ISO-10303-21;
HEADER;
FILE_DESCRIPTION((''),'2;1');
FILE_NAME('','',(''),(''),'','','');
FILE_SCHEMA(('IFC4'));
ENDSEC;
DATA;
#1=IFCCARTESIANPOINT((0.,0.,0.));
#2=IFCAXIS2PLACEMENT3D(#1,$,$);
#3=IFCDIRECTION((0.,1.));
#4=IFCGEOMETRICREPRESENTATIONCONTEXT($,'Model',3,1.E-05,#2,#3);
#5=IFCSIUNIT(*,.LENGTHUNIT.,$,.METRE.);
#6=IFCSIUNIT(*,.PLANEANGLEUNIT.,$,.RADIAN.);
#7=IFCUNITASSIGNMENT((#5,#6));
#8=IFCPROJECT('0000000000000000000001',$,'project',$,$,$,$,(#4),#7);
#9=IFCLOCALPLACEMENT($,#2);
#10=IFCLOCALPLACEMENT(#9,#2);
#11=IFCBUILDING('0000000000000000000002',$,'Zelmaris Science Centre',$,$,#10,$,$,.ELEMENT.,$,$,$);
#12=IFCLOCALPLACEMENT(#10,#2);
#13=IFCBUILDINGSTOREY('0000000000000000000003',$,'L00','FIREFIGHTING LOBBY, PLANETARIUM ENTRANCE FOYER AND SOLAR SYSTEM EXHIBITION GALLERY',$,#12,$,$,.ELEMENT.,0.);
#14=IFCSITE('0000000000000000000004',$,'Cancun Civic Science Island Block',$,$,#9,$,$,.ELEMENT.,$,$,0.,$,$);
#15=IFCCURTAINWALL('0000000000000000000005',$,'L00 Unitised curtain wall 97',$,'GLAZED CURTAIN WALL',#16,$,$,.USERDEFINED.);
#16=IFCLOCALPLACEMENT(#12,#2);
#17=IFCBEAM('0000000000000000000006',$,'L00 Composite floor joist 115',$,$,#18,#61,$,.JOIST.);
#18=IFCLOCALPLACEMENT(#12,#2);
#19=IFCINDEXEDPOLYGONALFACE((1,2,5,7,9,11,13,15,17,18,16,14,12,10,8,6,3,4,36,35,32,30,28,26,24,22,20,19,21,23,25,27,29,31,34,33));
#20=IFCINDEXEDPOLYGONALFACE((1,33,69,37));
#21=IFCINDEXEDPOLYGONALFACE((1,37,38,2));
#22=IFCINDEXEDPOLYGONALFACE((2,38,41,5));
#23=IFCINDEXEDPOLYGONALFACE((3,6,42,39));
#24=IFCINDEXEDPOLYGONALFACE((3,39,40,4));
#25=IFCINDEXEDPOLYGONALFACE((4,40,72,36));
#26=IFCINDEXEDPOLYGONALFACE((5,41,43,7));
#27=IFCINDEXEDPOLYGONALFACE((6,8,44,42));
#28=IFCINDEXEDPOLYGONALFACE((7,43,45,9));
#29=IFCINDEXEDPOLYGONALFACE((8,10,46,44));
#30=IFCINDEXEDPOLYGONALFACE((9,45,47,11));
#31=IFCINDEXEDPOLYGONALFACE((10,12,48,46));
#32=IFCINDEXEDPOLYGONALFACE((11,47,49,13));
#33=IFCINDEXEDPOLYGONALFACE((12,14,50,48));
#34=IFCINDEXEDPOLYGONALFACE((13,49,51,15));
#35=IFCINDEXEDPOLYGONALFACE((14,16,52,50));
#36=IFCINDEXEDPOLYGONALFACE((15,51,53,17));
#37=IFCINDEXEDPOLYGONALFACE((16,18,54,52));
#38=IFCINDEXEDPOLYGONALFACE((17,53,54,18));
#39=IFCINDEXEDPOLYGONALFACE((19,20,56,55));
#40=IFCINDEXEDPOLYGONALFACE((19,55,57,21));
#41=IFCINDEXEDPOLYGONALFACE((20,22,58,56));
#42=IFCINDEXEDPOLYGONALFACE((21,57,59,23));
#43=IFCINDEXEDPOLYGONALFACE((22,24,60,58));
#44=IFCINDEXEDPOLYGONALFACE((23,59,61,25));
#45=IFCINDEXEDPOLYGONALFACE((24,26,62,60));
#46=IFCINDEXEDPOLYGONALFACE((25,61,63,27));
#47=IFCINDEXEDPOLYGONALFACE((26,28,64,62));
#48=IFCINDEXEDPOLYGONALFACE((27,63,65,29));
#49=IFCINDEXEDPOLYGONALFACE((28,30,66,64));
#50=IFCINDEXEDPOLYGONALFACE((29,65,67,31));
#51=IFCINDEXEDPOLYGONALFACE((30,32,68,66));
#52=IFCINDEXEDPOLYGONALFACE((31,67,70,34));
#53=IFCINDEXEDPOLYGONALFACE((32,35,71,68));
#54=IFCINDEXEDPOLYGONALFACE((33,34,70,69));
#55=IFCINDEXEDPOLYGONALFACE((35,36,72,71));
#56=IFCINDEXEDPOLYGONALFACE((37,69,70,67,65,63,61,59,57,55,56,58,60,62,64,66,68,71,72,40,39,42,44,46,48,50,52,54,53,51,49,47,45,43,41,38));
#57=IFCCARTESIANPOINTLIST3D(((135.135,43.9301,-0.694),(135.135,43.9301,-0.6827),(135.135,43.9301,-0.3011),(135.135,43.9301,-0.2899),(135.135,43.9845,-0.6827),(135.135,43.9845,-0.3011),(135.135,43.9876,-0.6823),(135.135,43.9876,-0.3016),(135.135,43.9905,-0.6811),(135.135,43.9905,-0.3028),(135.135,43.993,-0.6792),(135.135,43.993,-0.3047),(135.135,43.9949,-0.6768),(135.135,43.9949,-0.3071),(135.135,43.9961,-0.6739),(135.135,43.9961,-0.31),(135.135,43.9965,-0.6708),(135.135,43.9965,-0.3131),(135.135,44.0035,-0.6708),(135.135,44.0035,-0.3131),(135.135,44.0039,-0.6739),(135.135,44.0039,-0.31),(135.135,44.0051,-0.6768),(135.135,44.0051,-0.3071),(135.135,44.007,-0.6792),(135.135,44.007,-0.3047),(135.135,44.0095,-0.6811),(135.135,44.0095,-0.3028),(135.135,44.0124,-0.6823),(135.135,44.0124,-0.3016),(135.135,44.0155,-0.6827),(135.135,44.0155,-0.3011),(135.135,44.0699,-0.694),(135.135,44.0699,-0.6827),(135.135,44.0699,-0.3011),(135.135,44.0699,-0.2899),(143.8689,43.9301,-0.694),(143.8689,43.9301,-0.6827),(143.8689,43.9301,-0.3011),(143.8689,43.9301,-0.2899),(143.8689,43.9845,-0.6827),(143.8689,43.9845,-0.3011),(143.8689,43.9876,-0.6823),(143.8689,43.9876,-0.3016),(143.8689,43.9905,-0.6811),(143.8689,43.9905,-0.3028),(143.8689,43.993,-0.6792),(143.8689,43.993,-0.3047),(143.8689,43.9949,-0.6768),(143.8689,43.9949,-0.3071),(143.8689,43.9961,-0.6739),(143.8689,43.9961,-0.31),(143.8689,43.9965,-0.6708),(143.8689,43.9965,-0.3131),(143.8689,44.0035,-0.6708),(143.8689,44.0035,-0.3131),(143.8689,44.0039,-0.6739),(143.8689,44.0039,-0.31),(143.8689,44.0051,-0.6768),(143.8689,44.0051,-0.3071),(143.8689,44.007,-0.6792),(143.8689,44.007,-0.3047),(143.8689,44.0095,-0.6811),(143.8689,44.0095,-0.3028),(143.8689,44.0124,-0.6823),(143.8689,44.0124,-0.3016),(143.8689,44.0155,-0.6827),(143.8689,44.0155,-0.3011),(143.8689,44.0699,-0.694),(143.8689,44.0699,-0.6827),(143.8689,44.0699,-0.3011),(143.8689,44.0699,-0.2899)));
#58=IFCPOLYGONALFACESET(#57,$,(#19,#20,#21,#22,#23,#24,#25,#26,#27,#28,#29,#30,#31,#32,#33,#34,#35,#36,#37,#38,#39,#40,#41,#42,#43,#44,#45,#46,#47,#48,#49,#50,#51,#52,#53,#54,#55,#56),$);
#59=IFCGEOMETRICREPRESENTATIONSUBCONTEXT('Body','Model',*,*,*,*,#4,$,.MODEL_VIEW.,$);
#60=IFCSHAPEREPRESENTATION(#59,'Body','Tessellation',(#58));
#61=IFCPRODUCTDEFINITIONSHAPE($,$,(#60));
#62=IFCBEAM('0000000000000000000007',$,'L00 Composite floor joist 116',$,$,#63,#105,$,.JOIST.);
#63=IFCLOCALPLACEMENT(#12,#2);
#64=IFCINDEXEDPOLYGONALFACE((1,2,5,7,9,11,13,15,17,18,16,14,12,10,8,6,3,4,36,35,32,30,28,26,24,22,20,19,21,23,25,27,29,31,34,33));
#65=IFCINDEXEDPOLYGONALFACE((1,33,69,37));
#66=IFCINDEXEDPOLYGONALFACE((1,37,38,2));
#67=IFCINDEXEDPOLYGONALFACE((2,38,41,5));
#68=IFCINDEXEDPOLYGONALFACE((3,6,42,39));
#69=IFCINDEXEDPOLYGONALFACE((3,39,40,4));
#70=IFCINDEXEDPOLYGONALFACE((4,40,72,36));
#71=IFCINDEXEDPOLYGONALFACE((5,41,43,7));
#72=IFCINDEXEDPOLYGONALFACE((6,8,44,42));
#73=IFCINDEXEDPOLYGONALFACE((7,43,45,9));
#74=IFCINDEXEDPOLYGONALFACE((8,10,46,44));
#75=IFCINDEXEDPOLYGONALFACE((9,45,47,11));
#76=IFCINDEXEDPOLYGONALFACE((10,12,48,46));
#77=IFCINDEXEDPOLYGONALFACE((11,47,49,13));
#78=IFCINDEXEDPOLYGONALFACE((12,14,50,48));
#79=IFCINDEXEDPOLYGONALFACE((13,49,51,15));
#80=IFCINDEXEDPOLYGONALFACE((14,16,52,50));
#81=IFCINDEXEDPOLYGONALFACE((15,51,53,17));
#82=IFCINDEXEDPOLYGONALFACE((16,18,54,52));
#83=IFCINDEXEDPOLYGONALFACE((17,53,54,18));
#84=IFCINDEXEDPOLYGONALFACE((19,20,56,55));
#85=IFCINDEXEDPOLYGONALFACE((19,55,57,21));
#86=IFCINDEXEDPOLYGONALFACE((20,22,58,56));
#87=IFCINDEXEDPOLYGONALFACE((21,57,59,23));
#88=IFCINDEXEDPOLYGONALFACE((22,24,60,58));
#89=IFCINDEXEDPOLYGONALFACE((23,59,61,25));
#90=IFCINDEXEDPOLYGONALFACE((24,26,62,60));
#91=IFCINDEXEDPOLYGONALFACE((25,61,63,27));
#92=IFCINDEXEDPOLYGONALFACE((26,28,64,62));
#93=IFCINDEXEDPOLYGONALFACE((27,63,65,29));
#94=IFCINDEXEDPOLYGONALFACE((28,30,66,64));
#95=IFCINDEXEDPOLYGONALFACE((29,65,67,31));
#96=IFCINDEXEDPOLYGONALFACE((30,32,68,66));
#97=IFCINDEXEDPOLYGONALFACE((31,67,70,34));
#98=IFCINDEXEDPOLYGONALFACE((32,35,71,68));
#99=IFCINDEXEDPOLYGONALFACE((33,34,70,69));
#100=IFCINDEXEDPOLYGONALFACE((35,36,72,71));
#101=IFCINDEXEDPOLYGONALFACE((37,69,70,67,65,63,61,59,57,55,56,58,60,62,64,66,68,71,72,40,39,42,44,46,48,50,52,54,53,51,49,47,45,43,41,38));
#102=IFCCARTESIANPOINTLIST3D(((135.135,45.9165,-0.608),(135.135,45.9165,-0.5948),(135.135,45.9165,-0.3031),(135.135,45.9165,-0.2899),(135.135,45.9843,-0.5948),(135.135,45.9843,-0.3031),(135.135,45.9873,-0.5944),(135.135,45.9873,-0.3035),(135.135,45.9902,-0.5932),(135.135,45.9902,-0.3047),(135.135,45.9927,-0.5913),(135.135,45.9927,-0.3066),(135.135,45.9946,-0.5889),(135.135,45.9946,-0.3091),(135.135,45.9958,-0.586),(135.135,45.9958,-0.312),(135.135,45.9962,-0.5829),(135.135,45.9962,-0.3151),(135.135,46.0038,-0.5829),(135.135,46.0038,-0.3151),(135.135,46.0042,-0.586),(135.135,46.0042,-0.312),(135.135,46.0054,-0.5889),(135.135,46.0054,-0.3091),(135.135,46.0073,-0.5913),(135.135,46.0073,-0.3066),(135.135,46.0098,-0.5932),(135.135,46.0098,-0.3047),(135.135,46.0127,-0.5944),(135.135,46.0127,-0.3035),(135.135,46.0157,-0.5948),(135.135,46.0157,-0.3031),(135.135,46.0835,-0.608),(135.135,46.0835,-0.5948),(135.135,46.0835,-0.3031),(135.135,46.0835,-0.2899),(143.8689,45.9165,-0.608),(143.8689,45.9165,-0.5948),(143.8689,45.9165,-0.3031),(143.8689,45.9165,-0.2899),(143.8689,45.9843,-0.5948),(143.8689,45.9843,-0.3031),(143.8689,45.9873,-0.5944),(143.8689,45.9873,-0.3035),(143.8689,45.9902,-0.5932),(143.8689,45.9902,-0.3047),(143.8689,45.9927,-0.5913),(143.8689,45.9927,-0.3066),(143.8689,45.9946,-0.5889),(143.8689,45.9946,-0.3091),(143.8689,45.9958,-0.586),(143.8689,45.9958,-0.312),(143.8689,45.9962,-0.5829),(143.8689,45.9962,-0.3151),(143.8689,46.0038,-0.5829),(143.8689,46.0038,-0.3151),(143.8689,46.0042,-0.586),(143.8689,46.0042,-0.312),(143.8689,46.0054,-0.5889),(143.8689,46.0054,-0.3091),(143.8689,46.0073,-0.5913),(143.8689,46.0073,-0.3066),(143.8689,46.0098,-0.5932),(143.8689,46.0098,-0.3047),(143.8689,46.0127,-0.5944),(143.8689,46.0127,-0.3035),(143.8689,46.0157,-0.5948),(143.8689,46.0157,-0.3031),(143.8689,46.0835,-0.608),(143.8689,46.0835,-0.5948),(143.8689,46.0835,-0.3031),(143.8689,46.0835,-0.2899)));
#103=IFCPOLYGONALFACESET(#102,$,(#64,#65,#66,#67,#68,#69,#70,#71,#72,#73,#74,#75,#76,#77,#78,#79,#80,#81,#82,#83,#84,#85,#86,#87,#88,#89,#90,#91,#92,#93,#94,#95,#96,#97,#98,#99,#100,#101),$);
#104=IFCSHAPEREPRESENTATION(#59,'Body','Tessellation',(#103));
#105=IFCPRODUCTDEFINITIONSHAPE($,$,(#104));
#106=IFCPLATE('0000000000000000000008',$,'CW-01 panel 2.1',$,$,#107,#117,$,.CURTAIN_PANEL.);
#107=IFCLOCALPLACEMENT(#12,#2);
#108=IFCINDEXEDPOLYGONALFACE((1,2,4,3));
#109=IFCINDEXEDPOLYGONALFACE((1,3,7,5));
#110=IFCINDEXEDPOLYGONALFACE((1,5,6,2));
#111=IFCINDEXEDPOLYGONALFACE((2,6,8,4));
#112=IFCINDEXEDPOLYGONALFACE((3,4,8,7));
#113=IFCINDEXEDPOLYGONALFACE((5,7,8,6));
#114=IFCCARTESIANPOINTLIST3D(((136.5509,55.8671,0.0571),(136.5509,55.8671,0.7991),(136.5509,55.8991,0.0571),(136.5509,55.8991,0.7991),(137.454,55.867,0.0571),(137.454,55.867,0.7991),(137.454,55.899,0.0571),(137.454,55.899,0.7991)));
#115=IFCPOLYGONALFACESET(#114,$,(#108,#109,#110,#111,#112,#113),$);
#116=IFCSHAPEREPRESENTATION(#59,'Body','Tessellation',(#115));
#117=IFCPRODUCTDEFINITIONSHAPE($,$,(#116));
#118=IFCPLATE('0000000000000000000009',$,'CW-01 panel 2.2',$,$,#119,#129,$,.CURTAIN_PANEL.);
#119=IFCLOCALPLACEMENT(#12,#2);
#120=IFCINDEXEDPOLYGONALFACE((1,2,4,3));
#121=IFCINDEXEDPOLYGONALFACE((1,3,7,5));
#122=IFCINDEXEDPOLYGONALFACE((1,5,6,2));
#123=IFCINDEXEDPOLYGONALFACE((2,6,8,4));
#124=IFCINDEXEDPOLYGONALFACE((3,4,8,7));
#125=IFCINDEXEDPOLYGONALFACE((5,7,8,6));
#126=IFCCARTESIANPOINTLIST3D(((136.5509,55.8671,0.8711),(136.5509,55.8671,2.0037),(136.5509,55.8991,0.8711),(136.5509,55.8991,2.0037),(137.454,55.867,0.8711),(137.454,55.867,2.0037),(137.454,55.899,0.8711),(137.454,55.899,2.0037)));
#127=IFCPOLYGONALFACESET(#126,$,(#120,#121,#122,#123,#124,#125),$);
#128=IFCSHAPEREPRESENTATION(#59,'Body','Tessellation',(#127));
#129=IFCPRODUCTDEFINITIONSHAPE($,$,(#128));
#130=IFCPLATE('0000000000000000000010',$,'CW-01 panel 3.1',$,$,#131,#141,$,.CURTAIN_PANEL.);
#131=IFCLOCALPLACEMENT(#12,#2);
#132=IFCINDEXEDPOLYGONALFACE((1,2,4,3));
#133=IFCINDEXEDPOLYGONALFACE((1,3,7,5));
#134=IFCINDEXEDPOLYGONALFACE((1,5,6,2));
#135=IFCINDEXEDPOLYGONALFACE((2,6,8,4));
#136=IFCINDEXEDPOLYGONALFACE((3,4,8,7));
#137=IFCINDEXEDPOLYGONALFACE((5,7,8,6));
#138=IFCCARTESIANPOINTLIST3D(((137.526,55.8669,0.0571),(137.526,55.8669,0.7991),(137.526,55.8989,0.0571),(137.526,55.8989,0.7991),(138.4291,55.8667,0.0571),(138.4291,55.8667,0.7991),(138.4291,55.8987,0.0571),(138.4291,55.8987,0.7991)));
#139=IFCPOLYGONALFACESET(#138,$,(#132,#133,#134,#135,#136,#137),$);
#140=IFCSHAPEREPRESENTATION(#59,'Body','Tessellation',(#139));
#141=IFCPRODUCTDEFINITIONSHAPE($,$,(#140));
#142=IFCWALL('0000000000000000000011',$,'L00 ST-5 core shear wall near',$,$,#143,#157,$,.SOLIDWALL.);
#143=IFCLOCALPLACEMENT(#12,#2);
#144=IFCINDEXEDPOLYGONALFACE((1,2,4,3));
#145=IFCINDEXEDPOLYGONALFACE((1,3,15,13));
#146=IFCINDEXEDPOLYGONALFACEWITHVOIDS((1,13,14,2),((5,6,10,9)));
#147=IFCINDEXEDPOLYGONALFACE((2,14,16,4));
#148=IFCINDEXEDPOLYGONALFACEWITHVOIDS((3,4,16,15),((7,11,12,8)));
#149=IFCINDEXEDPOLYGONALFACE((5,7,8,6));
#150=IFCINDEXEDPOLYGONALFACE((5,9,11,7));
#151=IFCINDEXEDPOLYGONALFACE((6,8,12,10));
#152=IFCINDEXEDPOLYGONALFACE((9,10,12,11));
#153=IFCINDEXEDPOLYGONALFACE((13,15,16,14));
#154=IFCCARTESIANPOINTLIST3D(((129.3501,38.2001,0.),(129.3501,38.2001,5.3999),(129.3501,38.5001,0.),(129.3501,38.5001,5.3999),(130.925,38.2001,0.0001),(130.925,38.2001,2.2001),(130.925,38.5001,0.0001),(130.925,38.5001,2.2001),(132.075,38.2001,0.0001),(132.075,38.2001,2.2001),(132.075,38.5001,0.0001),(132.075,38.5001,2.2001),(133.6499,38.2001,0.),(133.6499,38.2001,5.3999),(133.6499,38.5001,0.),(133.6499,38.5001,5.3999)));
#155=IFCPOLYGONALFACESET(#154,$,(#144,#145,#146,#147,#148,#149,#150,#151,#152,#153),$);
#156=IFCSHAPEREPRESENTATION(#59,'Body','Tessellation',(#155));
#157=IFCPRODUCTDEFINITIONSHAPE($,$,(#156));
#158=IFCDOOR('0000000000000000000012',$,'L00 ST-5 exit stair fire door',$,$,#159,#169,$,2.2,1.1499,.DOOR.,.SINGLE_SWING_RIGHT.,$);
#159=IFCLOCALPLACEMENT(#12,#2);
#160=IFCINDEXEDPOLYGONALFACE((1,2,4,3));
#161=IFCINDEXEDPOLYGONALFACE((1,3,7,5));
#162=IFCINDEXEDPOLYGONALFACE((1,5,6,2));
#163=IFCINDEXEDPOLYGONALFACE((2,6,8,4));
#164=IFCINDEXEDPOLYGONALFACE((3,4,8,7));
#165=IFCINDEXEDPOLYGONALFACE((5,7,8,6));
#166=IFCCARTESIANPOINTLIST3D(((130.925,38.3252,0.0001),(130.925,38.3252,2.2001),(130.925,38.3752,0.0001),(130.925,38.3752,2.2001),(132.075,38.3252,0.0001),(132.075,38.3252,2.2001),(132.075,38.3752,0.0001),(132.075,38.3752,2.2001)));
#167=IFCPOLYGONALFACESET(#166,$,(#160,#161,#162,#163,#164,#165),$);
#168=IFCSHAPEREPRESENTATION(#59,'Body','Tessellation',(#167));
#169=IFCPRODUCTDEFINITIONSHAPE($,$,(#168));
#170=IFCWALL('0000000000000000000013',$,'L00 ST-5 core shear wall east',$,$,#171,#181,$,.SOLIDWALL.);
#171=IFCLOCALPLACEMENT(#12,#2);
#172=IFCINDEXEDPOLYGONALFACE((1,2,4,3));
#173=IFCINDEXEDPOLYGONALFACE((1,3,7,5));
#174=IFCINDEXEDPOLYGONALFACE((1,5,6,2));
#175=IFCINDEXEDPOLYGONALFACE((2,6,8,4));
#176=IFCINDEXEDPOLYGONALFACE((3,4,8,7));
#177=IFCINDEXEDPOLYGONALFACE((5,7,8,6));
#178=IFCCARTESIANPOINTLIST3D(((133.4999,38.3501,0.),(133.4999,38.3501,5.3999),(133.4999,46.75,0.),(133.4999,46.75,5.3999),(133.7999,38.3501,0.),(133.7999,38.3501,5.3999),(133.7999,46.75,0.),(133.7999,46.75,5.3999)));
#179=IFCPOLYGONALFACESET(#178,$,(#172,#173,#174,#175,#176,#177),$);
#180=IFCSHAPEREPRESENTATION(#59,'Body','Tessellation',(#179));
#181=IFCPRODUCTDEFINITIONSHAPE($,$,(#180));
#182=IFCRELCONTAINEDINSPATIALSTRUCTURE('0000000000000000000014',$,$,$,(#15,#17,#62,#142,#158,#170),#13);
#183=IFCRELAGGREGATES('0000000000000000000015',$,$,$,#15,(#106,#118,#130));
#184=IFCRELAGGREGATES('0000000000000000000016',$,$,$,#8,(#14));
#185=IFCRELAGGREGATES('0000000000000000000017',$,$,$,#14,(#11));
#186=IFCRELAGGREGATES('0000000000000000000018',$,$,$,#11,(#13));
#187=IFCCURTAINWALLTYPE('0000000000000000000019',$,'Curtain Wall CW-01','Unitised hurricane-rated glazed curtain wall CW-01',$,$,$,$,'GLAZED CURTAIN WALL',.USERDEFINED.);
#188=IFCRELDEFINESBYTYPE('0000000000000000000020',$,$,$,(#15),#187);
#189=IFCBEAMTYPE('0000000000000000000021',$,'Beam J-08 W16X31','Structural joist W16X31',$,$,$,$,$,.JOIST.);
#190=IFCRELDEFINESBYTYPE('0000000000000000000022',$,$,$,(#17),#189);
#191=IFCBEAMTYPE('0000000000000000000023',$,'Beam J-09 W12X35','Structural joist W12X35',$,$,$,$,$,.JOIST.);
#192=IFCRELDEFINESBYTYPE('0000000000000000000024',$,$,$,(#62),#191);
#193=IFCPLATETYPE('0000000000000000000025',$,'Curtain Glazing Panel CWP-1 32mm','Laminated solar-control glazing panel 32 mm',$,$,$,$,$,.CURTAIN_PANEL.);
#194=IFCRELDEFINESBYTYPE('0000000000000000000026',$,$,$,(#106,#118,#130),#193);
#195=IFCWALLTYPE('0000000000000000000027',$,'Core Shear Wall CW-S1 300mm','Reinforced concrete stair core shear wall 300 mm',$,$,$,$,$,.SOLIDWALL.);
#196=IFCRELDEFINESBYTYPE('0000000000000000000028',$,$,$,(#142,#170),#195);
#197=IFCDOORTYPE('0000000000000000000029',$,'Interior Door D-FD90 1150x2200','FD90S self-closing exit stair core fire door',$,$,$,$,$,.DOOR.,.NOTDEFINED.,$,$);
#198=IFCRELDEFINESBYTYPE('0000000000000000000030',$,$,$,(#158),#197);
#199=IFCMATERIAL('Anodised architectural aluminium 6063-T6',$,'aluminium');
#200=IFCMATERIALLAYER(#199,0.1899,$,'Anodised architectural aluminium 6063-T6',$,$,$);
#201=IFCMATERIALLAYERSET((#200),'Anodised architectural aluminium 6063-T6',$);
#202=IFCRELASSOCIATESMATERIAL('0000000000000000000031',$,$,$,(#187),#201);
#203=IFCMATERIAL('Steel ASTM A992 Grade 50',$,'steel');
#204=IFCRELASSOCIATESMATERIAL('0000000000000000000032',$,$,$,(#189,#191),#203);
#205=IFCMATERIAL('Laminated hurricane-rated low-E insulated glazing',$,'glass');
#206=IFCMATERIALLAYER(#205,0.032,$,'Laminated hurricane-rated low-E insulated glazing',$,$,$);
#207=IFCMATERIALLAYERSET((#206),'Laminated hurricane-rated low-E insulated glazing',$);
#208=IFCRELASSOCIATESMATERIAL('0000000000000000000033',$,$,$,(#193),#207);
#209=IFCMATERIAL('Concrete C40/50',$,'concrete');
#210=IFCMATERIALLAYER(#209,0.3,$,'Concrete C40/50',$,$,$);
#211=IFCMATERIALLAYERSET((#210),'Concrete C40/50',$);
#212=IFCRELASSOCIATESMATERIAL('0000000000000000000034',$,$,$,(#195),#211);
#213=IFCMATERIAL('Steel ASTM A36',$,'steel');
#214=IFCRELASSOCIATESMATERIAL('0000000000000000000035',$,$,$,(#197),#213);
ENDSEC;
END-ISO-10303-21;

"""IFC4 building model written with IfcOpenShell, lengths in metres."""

from ifc_helpers import new_model, si_unit, direction, frame, frame_2d, origin, origin_2d, place, context, subcontext, project, spatial, rectangle, i_section, extrude, material, layer, layer_set, material_profile, profile_set, type_object, element, fill, aggregate, save


model = new_model("IFC4")

# Units and contexts
model_context = context("Model", 3, precision=1e-05, world=origin(), true_north=direction((0.0, 1.0)))
body_context = subcontext(model_context, "Body", "Model", "MODEL_VIEW")
ifc_project = project(units=[si_unit("LENGTHUNIT", "METRE"), si_unit("PLANEANGLEUNIT", "RADIAN")], contexts=[model_context])

# Site, building, storey
site_placement = place(None, origin())
site = spatial("IfcSite", under=ifc_project, at=site_placement, Name="Cancun Civic Science Island Block", CompositionType="ELEMENT", RefElevation=0.0)
building_placement = place(site_placement, origin())
building = spatial("IfcBuilding", under=site, at=building_placement, Name="Zelmaris Science Centre", CompositionType="ELEMENT")
storey_placement = place(building_placement, origin())
storey = spatial("IfcBuildingStorey", under=building, at=storey_placement, Name="L00", Description="FIREFIGHTING LOBBY, PLANETARIUM ENTRANCE FOYER AND SOLAR SYSTEM EXHIBITION GALLERY", CompositionType="ELEMENT", Elevation=0.0)

# Shared definitions
ifc_material_1 = material(Name="Steel ASTM A992 Grade 50", Category="steel")

# Curtain wall
ifc_material_2 = material(Name="Anodised architectural aluminium 6063-T6", Category="aluminium")
ifc_layer_1 = layer(ifc_material_2, 0.1899, Name="Anodised architectural aluminium 6063-T6")
ifc_layer_set_1 = layer_set([ifc_layer_1], Name="Anodised architectural aluminium 6063-T6")
curtain_wall_type = type_object("IfcCurtainWallType", Name="Curtain Wall CW-01", Description="Unitised hurricane-rated glazed curtain wall CW-01", ElementType="GLAZED CURTAIN WALL", PredefinedType="USERDEFINED", material=ifc_layer_set_1)
curtain_wall_placement = place(storey_placement, origin())
curtain_wall = element("IfcCurtainWall", 1, at=curtain_wall_placement, inside=storey, type_object=curtain_wall_type, Name="L00 Unitised curtain wall 97", ObjectType="GLAZED CURTAIN WALL", PredefinedType="USERDEFINED")

# Beams
ifc_material_profile_1 = material_profile(ifc_material_1, i_section(OverallWidth=0.1399, OverallDepth=0.4041, WebThickness=0.0071, FlangeThickness=0.0112, FilletRadius=0.012, at=origin_2d()), Name="W16X31")
ifc_profile_set_1 = profile_set([ifc_material_profile_1], Name="Steel ASTM A992 Grade 50")
beam_type_1 = type_object("IfcBeamType", Name="Beam J-08 W16X31", Description="Structural joist W16X31", PredefinedType="JOIST", material=ifc_profile_set_1)
beam_1_placement = place(storey_placement, frame((135.135, 44.0, -0.4919), z_axis=(1.0, 0.0, 0.0), x_axis=(0.0, 1.0, 0.0)))
element("IfcBeam", 2, at=beam_1_placement, inside=storey, type_object=beam_type_1, Name="L00 Composite floor joist 115", PredefinedType="JOIST", context=body_context, shape_type="SweptSolid", body=[
    extrude(i_section(OverallWidth=0.1399, OverallDepth=0.4041, WebThickness=0.0071, FlangeThickness=0.0112, FilletRadius=0.012, at=origin_2d()), origin(), (0.0, 0.0, 1.0), 8.7339),
])
ifc_material_profile_2 = material_profile(ifc_material_1, i_section(OverallWidth=0.167, OverallDepth=0.3181, WebThickness=0.0076, FlangeThickness=0.0132, FilletRadius=0.012, at=origin_2d()), Name="W12X35")
ifc_profile_set_2 = profile_set([ifc_material_profile_2], Name="Steel ASTM A992 Grade 50")
beam_type_2 = type_object("IfcBeamType", Name="Beam J-09 W12X35", Description="Structural joist W12X35", PredefinedType="JOIST", material=ifc_profile_set_2)
beam_2_placement = place(storey_placement, frame((135.135, 46.0, -0.449), z_axis=(1.0, 0.0, 0.0), x_axis=(0.0, 1.0, 0.0)))
element("IfcBeam", 3, at=beam_2_placement, inside=storey, type_object=beam_type_2, Name="L00 Composite floor joist 116", PredefinedType="JOIST", context=body_context, shape_type="SweptSolid", body=[
    extrude(i_section(OverallWidth=0.167, OverallDepth=0.3181, WebThickness=0.0076, FlangeThickness=0.0132, FilletRadius=0.012, at=origin_2d()), origin(), (0.0, 0.0, 1.0), 8.7339),
])

# Plates
ifc_material_3 = material(Name="Laminated hurricane-rated low-E insulated glazing", Category="glass")
ifc_layer_2 = layer(ifc_material_3, 0.032, Name="Laminated hurricane-rated low-E insulated glazing")
ifc_layer_set_2 = layer_set([ifc_layer_2], Name="Laminated hurricane-rated low-E insulated glazing")
plate_type = type_object("IfcPlateType", Name="Curtain Glazing Panel CWP-1 32mm", Description="Laminated solar-control glazing panel 32 mm", PredefinedType="CURTAIN_PANEL", material=ifc_layer_set_2)
plate_1_placement = place(storey_placement, frame((137.0024, 55.8831, 0.0571), z_axis=(0.0, 0.0, 1.0), x_axis=(1.0, -0.000179, 0.0)))
plate_1 = element("IfcPlate", 4, at=plate_1_placement, type_object=plate_type, Name="CW-01 panel 2.1", PredefinedType="CURTAIN_PANEL", context=body_context, shape_type="SweptSolid", body=[
    extrude(rectangle(XDim=0.9031, YDim=0.032, at=origin_2d()), origin(), (0.0, 0.0, 1.0), 0.7419),
])
plate_2_placement = place(storey_placement, frame((137.0024, 55.8831, 0.8711), z_axis=(0.0, 0.0, 1.0), x_axis=(1.0, -0.000179, 0.0)))
plate_2 = element("IfcPlate", 5, at=plate_2_placement, type_object=plate_type, Name="CW-01 panel 2.2", PredefinedType="CURTAIN_PANEL", context=body_context, shape_type="SweptSolid", body=[
    extrude(rectangle(XDim=0.9031, YDim=0.032, at=origin_2d()), origin(), (0.0, 0.0, 1.0), 1.1326),
])
plate_3_placement = place(storey_placement, frame((137.9775, 55.8828, 0.0571), z_axis=(0.0, 0.0, 1.0), x_axis=(1.0, -0.000179, 0.0)))
plate_3 = element("IfcPlate", 6, at=plate_3_placement, type_object=plate_type, Name="CW-01 panel 3.1", PredefinedType="CURTAIN_PANEL", context=body_context, shape_type="SweptSolid", body=[
    extrude(rectangle(XDim=0.9031, YDim=0.032, at=origin_2d()), origin(), (0.0, 0.0, 1.0), 0.7419),
])
aggregate(curtain_wall, [plate_1, plate_2, plate_3])

# Wall, opening, door
ifc_material_4 = material(Name="Concrete C40/50", Category="concrete")
ifc_layer_3 = layer(ifc_material_4, 0.3, Name="Concrete C40/50")
ifc_layer_set_3 = layer_set([ifc_layer_3], Name="Concrete C40/50")
wall_type = type_object("IfcWallType", Name="Core Shear Wall CW-S1 300mm", Description="Reinforced concrete stair core shear wall 300 mm", PredefinedType="SOLIDWALL", material=ifc_layer_set_3)
wall_1_placement = place(storey_placement, frame((133.6499, 38.3501, 0.0), z_axis=(0.0, 0.0, 1.0), x_axis=(-1.0, 0.0, 0.0)))
wall_1 = element("IfcWall", 7, at=wall_1_placement, inside=storey, type_object=wall_type, Name="L00 ST-5 core shear wall near", PredefinedType="SOLIDWALL", context=body_context, shape_type="SweptSolid", body=[
    extrude(rectangle(XDim=4.2998, YDim=0.3, at=frame_2d((2.1499, 0.0))), origin(), (0.0, 0.0, 1.0), 5.3999),
])
opening_placement = place(wall_1_placement, frame((1.575, 0.0, 0.0)))
opening = element("IfcOpeningElement", 8, at=opening_placement, cuts=wall_1, PredefinedType="OPENING", context=body_context, shape_type="SweptSolid", body=[
    extrude(rectangle(XDim=1.1499, YDim=2.2, at=frame_2d((0.575, 1.1001))), frame((0.0, 0.1599, 0.0), z_axis=(0.0, -1.0, 0.0), x_axis=(1.0, 0.0, 0.0)), (0.0, 0.0, 1.0), 0.3201),
])
ifc_material_5 = material(Name="Steel ASTM A36", Category="steel")
door_type = type_object("IfcDoorType", Name="Interior Door D-FD90 1150x2200", Description="FD90S self-closing exit stair core fire door", OperationType="NOTDEFINED", PredefinedType="DOOR", material=ifc_material_5)
door_placement = place(opening_placement, origin())
door = element("IfcDoor", 9, at=door_placement, inside=storey, type_object=door_type, Name="L00 ST-5 exit stair fire door", OperationType="SINGLE_SWING_RIGHT", OverallHeight=2.2, OverallWidth=1.1499, PredefinedType="DOOR", context=body_context, shape_type="SweptSolid", body=[
    extrude(rectangle(XDim=1.1499, YDim=2.2, at=frame_2d((0.575, 1.1001))), frame((0.0, 0.0249, 0.0), z_axis=(0.0, -1.0, 0.0), x_axis=(1.0, 0.0, 0.0)), (0.0, 0.0, 1.0), 0.05),
])
fill(opening, door)

# Wall
wall_2_placement = place(storey_placement, frame((133.6499, 38.3501, 0.0), z_axis=(0.0, 0.0, 1.0), x_axis=(0.0, 1.0, 0.0)))
element("IfcWall", 10, at=wall_2_placement, inside=storey, type_object=wall_type, Name="L00 ST-5 core shear wall east", PredefinedType="SOLIDWALL", context=body_context, shape_type="SweptSolid", body=[
    extrude(rectangle(XDim=8.3999, YDim=0.3, at=frame_2d((4.2, 0.0))), origin(), (0.0, 0.0, 1.0), 5.3999),
])

save(model, "model.ifc")
